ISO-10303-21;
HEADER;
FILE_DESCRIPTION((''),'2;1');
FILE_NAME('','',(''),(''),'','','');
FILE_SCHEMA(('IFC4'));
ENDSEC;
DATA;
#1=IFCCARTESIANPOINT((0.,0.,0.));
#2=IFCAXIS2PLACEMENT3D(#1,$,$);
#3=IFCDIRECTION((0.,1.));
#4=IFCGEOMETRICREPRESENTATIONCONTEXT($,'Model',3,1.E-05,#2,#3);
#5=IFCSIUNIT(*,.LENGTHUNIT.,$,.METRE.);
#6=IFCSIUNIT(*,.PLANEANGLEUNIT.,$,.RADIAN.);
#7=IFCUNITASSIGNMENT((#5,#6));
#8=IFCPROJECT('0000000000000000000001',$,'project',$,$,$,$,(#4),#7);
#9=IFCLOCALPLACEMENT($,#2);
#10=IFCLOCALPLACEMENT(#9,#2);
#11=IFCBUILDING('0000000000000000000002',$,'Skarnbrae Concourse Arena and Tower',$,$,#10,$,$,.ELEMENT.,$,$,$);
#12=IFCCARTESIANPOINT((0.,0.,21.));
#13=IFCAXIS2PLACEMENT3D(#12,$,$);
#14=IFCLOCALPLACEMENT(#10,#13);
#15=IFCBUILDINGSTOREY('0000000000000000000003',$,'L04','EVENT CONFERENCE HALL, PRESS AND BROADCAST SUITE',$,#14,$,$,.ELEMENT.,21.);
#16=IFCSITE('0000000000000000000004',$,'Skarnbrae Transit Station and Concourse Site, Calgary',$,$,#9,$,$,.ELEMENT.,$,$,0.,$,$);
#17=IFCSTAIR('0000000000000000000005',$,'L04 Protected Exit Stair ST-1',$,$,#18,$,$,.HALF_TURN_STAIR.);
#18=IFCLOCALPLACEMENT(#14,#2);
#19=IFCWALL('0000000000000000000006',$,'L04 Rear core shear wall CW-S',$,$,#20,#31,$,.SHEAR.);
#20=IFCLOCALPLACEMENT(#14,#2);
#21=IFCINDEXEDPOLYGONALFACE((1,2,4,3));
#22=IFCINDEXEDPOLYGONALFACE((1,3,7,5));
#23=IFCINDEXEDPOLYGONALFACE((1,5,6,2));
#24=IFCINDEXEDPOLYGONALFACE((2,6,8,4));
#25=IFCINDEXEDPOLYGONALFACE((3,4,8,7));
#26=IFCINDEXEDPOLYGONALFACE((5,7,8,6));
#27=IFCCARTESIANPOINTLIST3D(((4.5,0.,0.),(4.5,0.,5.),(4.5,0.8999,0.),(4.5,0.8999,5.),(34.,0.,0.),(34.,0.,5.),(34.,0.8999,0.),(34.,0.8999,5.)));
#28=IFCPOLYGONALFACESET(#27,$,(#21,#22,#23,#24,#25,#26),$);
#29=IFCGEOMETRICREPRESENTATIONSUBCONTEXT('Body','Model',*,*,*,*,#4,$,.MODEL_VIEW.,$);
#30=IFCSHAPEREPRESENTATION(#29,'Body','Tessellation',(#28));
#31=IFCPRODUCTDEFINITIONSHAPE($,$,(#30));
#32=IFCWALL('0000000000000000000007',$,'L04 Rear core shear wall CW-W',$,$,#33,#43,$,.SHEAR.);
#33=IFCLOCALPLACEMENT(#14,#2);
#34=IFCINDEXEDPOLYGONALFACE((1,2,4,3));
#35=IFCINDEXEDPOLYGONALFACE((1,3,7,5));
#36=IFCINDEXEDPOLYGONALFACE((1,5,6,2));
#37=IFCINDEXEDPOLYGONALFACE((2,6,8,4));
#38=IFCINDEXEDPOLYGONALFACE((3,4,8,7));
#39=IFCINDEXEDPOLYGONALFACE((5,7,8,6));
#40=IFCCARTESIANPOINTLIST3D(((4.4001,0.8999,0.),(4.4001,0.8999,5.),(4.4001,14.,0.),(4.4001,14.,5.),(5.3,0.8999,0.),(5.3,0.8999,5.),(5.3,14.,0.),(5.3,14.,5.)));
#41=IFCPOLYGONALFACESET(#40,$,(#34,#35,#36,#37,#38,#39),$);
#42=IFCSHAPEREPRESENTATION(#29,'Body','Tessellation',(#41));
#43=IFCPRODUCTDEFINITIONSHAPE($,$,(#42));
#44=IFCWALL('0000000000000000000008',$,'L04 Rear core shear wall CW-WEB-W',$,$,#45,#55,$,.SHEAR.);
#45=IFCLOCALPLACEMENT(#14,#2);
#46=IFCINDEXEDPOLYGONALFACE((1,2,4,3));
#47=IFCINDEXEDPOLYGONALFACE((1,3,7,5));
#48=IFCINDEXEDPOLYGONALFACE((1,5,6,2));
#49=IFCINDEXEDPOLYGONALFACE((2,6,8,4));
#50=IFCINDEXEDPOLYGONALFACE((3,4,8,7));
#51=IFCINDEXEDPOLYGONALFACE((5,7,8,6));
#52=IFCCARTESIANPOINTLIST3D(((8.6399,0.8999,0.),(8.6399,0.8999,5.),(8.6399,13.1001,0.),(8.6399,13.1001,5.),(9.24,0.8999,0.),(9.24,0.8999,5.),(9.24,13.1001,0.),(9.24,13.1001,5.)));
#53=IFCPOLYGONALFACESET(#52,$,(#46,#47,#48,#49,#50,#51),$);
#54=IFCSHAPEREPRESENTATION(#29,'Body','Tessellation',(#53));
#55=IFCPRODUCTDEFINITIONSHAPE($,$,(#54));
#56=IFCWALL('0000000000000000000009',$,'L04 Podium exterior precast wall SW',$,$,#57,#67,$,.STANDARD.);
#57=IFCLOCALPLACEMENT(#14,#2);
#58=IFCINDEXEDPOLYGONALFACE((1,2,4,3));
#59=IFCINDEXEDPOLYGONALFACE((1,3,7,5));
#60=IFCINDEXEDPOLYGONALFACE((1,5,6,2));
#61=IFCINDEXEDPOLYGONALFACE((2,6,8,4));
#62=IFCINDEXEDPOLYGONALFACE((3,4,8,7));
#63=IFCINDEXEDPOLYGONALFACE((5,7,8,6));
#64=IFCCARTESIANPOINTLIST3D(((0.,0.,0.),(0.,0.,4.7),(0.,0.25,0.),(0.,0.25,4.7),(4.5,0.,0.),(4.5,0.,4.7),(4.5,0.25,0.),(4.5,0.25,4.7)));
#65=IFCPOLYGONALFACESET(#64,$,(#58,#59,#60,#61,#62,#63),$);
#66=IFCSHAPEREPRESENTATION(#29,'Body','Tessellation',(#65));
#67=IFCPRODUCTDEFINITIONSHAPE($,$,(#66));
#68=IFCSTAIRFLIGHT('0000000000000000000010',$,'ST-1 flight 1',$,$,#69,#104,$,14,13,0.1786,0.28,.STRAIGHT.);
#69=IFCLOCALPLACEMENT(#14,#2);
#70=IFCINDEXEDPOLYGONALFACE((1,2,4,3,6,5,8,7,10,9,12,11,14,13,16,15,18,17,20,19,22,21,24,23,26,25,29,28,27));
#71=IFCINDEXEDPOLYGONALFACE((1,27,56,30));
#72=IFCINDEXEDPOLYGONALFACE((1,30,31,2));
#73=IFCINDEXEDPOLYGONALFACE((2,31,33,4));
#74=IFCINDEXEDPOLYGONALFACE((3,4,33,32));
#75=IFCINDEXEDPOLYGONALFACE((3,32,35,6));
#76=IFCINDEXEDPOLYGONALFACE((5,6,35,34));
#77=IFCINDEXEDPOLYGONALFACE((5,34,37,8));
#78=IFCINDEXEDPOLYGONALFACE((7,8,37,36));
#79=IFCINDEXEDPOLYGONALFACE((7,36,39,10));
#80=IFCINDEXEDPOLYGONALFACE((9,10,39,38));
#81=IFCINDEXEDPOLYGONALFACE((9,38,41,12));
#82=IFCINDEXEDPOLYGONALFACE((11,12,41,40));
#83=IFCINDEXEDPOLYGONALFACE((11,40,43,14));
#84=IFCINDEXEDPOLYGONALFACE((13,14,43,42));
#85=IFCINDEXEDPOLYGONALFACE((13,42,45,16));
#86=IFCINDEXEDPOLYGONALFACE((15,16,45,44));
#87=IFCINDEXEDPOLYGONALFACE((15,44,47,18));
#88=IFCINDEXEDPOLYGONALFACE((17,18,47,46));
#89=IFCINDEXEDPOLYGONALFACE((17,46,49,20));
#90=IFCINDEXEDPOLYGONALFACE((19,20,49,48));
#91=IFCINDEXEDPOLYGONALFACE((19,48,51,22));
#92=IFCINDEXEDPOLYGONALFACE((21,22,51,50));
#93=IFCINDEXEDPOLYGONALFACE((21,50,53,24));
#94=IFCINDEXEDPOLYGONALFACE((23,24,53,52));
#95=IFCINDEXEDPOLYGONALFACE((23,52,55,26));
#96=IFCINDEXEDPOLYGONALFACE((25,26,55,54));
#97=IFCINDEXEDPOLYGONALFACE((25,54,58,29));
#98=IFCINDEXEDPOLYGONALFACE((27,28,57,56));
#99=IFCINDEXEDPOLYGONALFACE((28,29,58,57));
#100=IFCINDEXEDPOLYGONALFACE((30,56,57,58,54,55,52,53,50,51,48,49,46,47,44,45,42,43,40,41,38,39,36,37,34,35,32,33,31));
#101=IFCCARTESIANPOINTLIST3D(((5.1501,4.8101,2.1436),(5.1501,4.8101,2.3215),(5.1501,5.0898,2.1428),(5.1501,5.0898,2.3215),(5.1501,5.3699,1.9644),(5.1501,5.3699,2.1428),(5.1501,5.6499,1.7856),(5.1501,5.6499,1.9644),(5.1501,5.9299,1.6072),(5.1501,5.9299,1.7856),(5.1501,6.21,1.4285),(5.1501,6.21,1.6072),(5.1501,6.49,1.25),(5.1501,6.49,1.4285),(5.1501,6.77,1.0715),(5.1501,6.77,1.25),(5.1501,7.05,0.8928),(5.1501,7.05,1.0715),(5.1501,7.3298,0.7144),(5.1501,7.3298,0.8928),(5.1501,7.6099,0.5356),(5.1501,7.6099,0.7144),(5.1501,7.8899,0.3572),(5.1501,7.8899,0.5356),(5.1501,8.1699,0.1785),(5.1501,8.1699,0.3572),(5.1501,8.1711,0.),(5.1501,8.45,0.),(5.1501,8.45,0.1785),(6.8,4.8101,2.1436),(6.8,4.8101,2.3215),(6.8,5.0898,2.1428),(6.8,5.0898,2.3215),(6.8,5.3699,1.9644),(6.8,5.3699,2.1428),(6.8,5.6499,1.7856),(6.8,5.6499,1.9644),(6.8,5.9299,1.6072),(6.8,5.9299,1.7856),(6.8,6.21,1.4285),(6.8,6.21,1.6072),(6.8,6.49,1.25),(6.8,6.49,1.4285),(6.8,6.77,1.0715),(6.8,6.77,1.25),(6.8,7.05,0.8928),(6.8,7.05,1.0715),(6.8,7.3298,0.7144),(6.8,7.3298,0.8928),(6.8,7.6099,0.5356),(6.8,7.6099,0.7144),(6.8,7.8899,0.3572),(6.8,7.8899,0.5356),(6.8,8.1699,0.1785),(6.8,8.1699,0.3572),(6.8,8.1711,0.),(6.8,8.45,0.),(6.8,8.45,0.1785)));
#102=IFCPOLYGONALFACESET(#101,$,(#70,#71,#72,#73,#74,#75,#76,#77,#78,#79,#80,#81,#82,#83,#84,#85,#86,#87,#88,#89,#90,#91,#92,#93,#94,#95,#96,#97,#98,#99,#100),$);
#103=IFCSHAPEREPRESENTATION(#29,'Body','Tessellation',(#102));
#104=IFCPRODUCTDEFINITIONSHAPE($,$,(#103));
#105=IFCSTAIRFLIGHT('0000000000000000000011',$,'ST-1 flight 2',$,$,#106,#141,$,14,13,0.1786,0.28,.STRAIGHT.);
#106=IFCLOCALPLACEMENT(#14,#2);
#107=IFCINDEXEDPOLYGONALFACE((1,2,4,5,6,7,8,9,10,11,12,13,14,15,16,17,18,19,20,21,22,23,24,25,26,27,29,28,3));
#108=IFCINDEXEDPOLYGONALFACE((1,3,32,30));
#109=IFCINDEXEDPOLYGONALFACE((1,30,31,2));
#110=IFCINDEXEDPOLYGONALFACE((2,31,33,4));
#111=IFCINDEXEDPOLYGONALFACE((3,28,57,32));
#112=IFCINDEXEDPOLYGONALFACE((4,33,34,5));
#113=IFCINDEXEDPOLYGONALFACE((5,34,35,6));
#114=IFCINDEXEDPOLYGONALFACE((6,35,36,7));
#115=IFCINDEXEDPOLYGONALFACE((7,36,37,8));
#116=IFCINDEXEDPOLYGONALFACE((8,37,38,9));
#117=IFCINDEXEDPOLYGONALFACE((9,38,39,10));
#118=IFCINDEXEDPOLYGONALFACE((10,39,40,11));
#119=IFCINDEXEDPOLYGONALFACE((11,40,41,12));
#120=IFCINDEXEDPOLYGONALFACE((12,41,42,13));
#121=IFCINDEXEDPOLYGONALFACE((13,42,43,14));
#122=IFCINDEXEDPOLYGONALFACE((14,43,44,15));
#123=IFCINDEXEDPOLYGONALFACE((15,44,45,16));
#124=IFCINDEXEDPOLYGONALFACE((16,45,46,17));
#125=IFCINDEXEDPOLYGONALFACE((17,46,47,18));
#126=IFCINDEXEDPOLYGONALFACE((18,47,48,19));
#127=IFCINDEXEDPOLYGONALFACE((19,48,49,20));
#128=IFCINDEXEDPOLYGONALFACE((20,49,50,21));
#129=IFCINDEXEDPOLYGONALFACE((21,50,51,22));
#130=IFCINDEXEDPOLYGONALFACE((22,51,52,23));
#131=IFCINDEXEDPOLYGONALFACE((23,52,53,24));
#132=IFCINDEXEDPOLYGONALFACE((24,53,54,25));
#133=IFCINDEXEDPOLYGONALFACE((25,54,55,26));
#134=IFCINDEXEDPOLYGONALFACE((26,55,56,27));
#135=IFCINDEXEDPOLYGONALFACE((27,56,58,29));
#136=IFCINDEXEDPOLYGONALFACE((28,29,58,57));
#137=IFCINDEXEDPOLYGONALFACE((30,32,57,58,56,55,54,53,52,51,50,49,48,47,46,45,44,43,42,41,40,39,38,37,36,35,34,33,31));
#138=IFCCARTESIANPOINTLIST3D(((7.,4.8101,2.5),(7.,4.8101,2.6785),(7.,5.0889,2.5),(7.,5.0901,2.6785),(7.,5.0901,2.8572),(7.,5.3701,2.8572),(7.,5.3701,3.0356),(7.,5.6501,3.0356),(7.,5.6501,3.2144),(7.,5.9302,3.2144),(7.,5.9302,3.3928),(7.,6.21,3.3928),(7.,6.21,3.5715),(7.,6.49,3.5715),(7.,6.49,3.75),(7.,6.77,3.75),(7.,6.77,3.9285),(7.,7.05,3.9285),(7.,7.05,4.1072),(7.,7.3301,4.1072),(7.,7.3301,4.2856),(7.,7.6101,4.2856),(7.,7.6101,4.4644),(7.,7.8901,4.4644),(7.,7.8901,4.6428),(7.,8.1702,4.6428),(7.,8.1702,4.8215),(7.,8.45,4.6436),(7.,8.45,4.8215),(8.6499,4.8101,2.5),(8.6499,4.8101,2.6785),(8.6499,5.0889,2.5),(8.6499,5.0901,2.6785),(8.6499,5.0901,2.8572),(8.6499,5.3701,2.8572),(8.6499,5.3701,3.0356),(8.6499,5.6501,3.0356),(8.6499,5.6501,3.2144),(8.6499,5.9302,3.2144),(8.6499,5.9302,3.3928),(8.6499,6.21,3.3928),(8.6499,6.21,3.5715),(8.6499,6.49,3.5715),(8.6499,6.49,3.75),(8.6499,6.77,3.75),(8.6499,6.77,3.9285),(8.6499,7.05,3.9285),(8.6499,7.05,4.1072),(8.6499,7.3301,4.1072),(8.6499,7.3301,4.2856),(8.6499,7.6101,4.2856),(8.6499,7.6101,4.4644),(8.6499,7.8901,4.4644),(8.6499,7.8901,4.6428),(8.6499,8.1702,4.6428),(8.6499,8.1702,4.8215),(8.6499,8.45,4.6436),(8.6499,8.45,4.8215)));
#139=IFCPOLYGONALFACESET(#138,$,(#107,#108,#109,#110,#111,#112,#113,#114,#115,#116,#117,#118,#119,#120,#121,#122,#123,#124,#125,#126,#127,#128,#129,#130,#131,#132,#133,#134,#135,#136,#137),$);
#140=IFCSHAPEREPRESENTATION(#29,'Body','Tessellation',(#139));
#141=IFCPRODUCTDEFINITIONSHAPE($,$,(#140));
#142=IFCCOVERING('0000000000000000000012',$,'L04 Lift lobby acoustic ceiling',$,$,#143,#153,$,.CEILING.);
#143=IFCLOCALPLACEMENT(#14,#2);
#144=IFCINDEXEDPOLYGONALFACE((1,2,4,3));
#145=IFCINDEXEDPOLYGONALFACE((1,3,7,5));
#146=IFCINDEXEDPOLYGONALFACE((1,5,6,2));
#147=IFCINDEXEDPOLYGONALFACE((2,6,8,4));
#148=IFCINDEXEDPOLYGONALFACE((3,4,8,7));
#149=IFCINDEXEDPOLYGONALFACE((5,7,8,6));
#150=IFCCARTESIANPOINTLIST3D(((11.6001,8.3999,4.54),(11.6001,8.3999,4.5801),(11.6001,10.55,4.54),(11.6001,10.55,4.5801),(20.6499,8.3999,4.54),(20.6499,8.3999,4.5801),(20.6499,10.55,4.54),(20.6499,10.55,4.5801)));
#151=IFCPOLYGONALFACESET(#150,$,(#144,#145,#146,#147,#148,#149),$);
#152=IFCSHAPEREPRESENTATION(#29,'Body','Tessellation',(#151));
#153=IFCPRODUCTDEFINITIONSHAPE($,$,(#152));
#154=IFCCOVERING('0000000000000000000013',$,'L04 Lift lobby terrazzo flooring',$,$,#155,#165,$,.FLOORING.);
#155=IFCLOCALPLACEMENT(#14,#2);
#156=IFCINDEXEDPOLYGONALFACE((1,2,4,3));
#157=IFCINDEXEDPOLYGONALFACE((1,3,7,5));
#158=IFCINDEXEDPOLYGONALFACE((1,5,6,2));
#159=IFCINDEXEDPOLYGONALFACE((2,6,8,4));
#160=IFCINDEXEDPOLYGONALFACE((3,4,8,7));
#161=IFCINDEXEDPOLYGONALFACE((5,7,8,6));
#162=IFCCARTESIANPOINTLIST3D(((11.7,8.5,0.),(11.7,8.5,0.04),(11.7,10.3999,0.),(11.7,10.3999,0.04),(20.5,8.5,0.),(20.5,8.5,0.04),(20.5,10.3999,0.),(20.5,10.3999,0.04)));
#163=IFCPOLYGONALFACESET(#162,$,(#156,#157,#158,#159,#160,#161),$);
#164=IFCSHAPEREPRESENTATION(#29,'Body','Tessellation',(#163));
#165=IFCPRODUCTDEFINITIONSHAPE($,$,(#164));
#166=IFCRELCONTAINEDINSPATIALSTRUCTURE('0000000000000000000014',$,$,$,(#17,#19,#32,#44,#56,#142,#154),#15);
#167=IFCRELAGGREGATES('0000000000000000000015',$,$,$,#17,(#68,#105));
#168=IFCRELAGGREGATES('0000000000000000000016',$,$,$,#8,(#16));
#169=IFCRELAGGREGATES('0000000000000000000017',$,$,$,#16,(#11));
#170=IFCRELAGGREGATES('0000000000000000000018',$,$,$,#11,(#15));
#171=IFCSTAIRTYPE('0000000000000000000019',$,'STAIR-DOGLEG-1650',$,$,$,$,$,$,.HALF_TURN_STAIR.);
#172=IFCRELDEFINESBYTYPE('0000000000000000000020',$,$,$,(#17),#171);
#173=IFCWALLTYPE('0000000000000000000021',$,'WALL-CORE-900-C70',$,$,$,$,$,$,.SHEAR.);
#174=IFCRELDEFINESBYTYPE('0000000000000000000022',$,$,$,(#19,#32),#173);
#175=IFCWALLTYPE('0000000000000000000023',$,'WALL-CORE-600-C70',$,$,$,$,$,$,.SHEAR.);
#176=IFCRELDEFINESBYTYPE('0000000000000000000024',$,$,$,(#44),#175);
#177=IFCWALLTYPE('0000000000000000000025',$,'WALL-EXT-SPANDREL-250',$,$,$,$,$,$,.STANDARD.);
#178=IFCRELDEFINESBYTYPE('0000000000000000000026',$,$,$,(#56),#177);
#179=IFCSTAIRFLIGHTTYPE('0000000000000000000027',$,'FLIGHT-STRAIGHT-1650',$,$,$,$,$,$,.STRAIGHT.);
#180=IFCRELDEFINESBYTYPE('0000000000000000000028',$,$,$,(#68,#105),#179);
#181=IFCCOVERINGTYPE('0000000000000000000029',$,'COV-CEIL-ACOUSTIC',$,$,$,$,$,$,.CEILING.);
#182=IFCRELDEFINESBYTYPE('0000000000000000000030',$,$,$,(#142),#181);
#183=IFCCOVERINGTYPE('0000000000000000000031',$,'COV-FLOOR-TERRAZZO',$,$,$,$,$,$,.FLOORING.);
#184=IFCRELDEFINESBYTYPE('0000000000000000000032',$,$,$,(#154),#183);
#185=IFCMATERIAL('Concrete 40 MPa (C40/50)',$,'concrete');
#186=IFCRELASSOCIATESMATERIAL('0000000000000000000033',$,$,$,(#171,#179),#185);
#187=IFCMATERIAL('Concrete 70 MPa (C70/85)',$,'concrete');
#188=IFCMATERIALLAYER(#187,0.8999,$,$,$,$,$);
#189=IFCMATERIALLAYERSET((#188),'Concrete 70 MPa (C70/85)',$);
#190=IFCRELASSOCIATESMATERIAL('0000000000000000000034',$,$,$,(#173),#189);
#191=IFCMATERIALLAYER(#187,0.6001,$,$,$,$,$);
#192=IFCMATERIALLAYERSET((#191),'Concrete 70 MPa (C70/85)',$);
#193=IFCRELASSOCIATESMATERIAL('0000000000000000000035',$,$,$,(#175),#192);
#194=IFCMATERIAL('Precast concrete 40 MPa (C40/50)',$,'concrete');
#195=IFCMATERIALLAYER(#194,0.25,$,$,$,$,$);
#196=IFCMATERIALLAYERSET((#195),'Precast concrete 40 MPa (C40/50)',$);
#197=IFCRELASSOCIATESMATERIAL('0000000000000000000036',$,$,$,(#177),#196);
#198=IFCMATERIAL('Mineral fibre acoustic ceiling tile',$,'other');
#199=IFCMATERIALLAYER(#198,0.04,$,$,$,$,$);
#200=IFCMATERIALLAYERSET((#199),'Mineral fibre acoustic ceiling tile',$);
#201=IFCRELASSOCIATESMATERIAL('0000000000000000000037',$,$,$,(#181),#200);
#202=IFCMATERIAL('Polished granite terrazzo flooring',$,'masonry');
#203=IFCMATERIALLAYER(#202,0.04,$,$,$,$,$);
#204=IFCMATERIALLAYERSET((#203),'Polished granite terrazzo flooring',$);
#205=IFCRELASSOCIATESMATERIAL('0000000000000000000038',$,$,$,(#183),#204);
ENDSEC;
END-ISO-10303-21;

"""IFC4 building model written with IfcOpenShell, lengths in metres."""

from ifc_helpers import new_model, si_unit, direction, frame, frame_2d, origin, place, context, subcontext, project, spatial, polyline, rectangle, outline, extrude, source, transform, mapped, material, layer, layer_set, type_object, element, aggregate, save


model = new_model("IFC4")

# Units and contexts
model_context = context("Model", 3, precision=1e-05, world=origin(), true_north=direction((0.0, 1.0)))
body_context = subcontext(model_context, "Body", "Model", "MODEL_VIEW")
ifc_project = project(units=[si_unit("LENGTHUNIT", "METRE"), si_unit("PLANEANGLEUNIT", "RADIAN")], contexts=[model_context])

# Site, building, storey
site_placement = place(None, origin())
site = spatial("IfcSite", under=ifc_project, at=site_placement, Name="Skarnbrae Transit Station and Concourse Site, Calgary", CompositionType="ELEMENT", RefElevation=0.0)
building_placement = place(site_placement, origin())
building = spatial("IfcBuilding", under=site, at=building_placement, Name="Skarnbrae Concourse Arena and Tower", CompositionType="ELEMENT")
storey_placement = place(building_placement, frame((0.0, 0.0, 21.0)))
storey = spatial("IfcBuildingStorey", under=building, at=storey_placement, Name="L04", Description="EVENT CONFERENCE HALL, PRESS AND BROADCAST SUITE", CompositionType="ELEMENT", Elevation=21.0)

# Stair
ifc_material_1 = material(Name="Concrete 40 MPa (C40/50)", Category="concrete")
stair_type_1 = type_object("IfcStairType", Name="STAIR-DOGLEG-1650", PredefinedType="HALF_TURN_STAIR", material=ifc_material_1)
stair_1_placement = place(storey_placement, origin())
stair_1 = element("IfcStair", 1, at=stair_1_placement, inside=storey, type_object=stair_type_1, Name="L04 Protected Exit Stair ST-1", PredefinedType="HALF_TURN_STAIR")

# Walls
ifc_material_2 = material(Name="Concrete 70 MPa (C70/85)", Category="concrete")
ifc_layer_1 = layer(ifc_material_2, 0.8999)
ifc_layer_set_1 = layer_set([ifc_layer_1], Name="Concrete 70 MPa (C70/85)")
wall_type_1 = type_object("IfcWallType", Name="WALL-CORE-900-C70", PredefinedType="SHEAR", material=ifc_layer_set_1)
shared_shape_1 = source(origin(), body_context, "Body", "SweptSolid", [
    extrude(rectangle(XDim=29.5, YDim=0.8999, at=frame_2d((14.75, 0.0))), origin(), (0.0, 0.0, 1.0), 5.0),
])
wall_1_placement = place(storey_placement, frame((4.5, 0.45, 0.0), z_axis=(0.0, 0.0, 1.0), x_axis=(1.0, 0.0, 0.0)))
element("IfcWall", 2, at=wall_1_placement, inside=storey, type_object=wall_type_1, Name="L04 Rear core shear wall CW-S", PredefinedType="SHEAR", context=body_context, shape_type="MappedRepresentation", body=[
    mapped(shared_shape_1, transform((0.0, 0.0, 0.0))),
])
shared_shape_2 = source(origin(), body_context, "Body", "SweptSolid", [
    extrude(rectangle(XDim=13.1001, YDim=0.8999, at=frame_2d((6.55, 0.0))), origin(), (0.0, 0.0, 1.0), 5.0),
])
wall_2_placement = place(storey_placement, frame((4.8501, 0.8999, 0.0), z_axis=(0.0, 0.0, 1.0), x_axis=(0.0, 1.0, 0.0)))
element("IfcWall", 3, at=wall_2_placement, inside=storey, type_object=wall_type_1, Name="L04 Rear core shear wall CW-W", PredefinedType="SHEAR", context=body_context, shape_type="MappedRepresentation", body=[
    mapped(shared_shape_2, transform((0.0, 0.0, 0.0))),
])
ifc_layer_2 = layer(ifc_material_2, 0.6001)
ifc_layer_set_2 = layer_set([ifc_layer_2], Name="Concrete 70 MPa (C70/85)")
wall_type_2 = type_object("IfcWallType", Name="WALL-CORE-600-C70", PredefinedType="SHEAR", material=ifc_layer_set_2)
shared_shape_3 = source(origin(), body_context, "Body", "SweptSolid", [
    extrude(rectangle(XDim=12.2002, YDim=0.6001, at=frame_2d((6.1001, 0.0))), origin(), (0.0, 0.0, 1.0), 5.0),
])
wall_3_placement = place(storey_placement, frame((8.9399, 0.8999, 0.0), z_axis=(0.0, 0.0, 1.0), x_axis=(0.0, 1.0, 0.0)))
element("IfcWall", 4, at=wall_3_placement, inside=storey, type_object=wall_type_2, Name="L04 Rear core shear wall CW-WEB-W", PredefinedType="SHEAR", context=body_context, shape_type="MappedRepresentation", body=[
    mapped(shared_shape_3, transform((0.0, 0.0, 0.0))),
])

# Wall
ifc_material_3 = material(Name="Precast concrete 40 MPa (C40/50)", Category="concrete")
ifc_layer_3 = layer(ifc_material_3, 0.25)
ifc_layer_set_3 = layer_set([ifc_layer_3], Name="Precast concrete 40 MPa (C40/50)")
wall_type_3 = type_object("IfcWallType", Name="WALL-EXT-SPANDREL-250", PredefinedType="STANDARD", material=ifc_layer_set_3)
shared_shape_4 = source(origin(), body_context, "Body", "SweptSolid", [
    extrude(rectangle(XDim=4.5, YDim=0.25, at=frame_2d((2.25, 0.0))), origin(), (0.0, 0.0, 1.0), 4.7),
])
wall_4_placement = place(storey_placement, frame((0.0, 0.125, 0.0), z_axis=(0.0, 0.0, 1.0), x_axis=(1.0, 0.0, 0.0)))
element("IfcWall", 5, at=wall_4_placement, inside=storey, type_object=wall_type_3, Name="L04 Podium exterior precast wall SW", PredefinedType="STANDARD", context=body_context, shape_type="MappedRepresentation", body=[
    mapped(shared_shape_4, transform((0.0, 0.0, 0.0))),
])

# Stair flights
stair_flight_type = type_object("IfcStairFlightType", Name="FLIGHT-STRAIGHT-1650", PredefinedType="STRAIGHT", material=ifc_material_1)
shared_shape_5 = source(origin(), body_context, "Body", "SweptSolid", [
    extrude(outline(polyline([(0.0, 0.0), (0.0, 0.1785), (0.28, 0.1785), (0.28, 0.3572), (0.5601, 0.3572), (0.5601, 0.5356), (0.8401, 0.5356), (0.8401, 0.7144), (1.1201, 0.7144), (1.1201, 0.8928), (1.3999, 0.8928), (1.3999, 1.0715), (1.6799, 1.0715), (1.6799, 1.25), (1.96, 1.25), (1.96, 1.4285), (2.24, 1.4285), (2.24, 1.6072), (2.52, 1.6072), (2.52, 1.7856), (2.8, 1.7856), (2.8, 1.9644), (3.0801, 1.9644), (3.0801, 2.1428), (3.3601, 2.1428), (3.3601, 2.3215), (3.6399, 2.3215), (3.6399, 2.5), (3.6399, 2.1436), (0.2788, 0.0), (0.0, 0.0)])), frame((0.0, 0.825, 0.0), z_axis=(0.0, -1.0, 0.0), x_axis=(1.0, 0.0, 0.0)), (0.0, 0.0, 1.0), 1.6499),
])
stair_flight_1_placement = place(storey_placement, frame((5.9751, 8.45, 0.0), z_axis=(0.0, 0.0, 1.0), x_axis=(0.0, -1.0, 0.0)))
stair_flight_1 = element("IfcStairFlight", 6, at=stair_flight_1_placement, type_object=stair_flight_type, Name="ST-1 flight 1", NumberOfRisers=14, NumberOfTreads=13, PredefinedType="STRAIGHT", RiserHeight=0.1786, TreadLength=0.28, context=body_context, shape_type="MappedRepresentation", body=[
    mapped(shared_shape_5, transform((0.0, 0.0, 0.0))),
])
stair_flight_2_placement = place(storey_placement, frame((7.825, 4.8101, 2.5), z_axis=(0.0, 0.0, 1.0), x_axis=(0.0, 1.0, 0.0)))
stair_flight_2 = element("IfcStairFlight", 7, at=stair_flight_2_placement, type_object=stair_flight_type, Name="ST-1 flight 2", NumberOfRisers=14, NumberOfTreads=13, PredefinedType="STRAIGHT", RiserHeight=0.1786, TreadLength=0.28, context=body_context, shape_type="MappedRepresentation", body=[
    mapped(shared_shape_5, transform((0.0, 0.0, 0.0))),
])
aggregate(stair_1, [stair_flight_1, stair_flight_2])

# Coverings
ifc_material_4 = material(Name="Mineral fibre acoustic ceiling tile", Category="other")
ifc_layer_4 = layer(ifc_material_4, 0.04)
ifc_layer_set_4 = layer_set([ifc_layer_4], Name="Mineral fibre acoustic ceiling tile")
covering_type_1 = type_object("IfcCoveringType", Name="COV-CEIL-ACOUSTIC", PredefinedType="CEILING", material=ifc_layer_set_4)
covering_1_placement = place(storey_placement, frame((0.0, 0.0, 4.54)))
element("IfcCovering", 8, at=covering_1_placement, inside=storey, type_object=covering_type_1, Name="L04 Lift lobby acoustic ceiling", PredefinedType="CEILING", context=body_context, shape_type="SweptSolid", body=[
    extrude(outline(polyline([(11.6001, 8.3999), (20.6499, 8.3999), (20.6499, 10.55), (11.6001, 10.55), (11.6001, 8.3999)])), origin(), (0.0, 0.0, 1.0), 0.04),
])
ifc_material_5 = material(Name="Polished granite terrazzo flooring", Category="masonry")
ifc_layer_5 = layer(ifc_material_5, 0.04)
ifc_layer_set_5 = layer_set([ifc_layer_5], Name="Polished granite terrazzo flooring")
covering_type_2 = type_object("IfcCoveringType", Name="COV-FLOOR-TERRAZZO", PredefinedType="FLOORING", material=ifc_layer_set_5)
covering_2_placement = place(storey_placement, origin())
element("IfcCovering", 9, at=covering_2_placement, inside=storey, type_object=covering_type_2, Name="L04 Lift lobby terrazzo flooring", PredefinedType="FLOORING", context=body_context, shape_type="SweptSolid", body=[
    extrude(outline(polyline([(11.7, 8.5), (20.5, 8.5), (20.5, 10.3999), (11.7, 10.3999), (11.7, 8.5)])), origin(), (0.0, 0.0, 1.0), 0.04),
])

save(model, "model.ifc")
